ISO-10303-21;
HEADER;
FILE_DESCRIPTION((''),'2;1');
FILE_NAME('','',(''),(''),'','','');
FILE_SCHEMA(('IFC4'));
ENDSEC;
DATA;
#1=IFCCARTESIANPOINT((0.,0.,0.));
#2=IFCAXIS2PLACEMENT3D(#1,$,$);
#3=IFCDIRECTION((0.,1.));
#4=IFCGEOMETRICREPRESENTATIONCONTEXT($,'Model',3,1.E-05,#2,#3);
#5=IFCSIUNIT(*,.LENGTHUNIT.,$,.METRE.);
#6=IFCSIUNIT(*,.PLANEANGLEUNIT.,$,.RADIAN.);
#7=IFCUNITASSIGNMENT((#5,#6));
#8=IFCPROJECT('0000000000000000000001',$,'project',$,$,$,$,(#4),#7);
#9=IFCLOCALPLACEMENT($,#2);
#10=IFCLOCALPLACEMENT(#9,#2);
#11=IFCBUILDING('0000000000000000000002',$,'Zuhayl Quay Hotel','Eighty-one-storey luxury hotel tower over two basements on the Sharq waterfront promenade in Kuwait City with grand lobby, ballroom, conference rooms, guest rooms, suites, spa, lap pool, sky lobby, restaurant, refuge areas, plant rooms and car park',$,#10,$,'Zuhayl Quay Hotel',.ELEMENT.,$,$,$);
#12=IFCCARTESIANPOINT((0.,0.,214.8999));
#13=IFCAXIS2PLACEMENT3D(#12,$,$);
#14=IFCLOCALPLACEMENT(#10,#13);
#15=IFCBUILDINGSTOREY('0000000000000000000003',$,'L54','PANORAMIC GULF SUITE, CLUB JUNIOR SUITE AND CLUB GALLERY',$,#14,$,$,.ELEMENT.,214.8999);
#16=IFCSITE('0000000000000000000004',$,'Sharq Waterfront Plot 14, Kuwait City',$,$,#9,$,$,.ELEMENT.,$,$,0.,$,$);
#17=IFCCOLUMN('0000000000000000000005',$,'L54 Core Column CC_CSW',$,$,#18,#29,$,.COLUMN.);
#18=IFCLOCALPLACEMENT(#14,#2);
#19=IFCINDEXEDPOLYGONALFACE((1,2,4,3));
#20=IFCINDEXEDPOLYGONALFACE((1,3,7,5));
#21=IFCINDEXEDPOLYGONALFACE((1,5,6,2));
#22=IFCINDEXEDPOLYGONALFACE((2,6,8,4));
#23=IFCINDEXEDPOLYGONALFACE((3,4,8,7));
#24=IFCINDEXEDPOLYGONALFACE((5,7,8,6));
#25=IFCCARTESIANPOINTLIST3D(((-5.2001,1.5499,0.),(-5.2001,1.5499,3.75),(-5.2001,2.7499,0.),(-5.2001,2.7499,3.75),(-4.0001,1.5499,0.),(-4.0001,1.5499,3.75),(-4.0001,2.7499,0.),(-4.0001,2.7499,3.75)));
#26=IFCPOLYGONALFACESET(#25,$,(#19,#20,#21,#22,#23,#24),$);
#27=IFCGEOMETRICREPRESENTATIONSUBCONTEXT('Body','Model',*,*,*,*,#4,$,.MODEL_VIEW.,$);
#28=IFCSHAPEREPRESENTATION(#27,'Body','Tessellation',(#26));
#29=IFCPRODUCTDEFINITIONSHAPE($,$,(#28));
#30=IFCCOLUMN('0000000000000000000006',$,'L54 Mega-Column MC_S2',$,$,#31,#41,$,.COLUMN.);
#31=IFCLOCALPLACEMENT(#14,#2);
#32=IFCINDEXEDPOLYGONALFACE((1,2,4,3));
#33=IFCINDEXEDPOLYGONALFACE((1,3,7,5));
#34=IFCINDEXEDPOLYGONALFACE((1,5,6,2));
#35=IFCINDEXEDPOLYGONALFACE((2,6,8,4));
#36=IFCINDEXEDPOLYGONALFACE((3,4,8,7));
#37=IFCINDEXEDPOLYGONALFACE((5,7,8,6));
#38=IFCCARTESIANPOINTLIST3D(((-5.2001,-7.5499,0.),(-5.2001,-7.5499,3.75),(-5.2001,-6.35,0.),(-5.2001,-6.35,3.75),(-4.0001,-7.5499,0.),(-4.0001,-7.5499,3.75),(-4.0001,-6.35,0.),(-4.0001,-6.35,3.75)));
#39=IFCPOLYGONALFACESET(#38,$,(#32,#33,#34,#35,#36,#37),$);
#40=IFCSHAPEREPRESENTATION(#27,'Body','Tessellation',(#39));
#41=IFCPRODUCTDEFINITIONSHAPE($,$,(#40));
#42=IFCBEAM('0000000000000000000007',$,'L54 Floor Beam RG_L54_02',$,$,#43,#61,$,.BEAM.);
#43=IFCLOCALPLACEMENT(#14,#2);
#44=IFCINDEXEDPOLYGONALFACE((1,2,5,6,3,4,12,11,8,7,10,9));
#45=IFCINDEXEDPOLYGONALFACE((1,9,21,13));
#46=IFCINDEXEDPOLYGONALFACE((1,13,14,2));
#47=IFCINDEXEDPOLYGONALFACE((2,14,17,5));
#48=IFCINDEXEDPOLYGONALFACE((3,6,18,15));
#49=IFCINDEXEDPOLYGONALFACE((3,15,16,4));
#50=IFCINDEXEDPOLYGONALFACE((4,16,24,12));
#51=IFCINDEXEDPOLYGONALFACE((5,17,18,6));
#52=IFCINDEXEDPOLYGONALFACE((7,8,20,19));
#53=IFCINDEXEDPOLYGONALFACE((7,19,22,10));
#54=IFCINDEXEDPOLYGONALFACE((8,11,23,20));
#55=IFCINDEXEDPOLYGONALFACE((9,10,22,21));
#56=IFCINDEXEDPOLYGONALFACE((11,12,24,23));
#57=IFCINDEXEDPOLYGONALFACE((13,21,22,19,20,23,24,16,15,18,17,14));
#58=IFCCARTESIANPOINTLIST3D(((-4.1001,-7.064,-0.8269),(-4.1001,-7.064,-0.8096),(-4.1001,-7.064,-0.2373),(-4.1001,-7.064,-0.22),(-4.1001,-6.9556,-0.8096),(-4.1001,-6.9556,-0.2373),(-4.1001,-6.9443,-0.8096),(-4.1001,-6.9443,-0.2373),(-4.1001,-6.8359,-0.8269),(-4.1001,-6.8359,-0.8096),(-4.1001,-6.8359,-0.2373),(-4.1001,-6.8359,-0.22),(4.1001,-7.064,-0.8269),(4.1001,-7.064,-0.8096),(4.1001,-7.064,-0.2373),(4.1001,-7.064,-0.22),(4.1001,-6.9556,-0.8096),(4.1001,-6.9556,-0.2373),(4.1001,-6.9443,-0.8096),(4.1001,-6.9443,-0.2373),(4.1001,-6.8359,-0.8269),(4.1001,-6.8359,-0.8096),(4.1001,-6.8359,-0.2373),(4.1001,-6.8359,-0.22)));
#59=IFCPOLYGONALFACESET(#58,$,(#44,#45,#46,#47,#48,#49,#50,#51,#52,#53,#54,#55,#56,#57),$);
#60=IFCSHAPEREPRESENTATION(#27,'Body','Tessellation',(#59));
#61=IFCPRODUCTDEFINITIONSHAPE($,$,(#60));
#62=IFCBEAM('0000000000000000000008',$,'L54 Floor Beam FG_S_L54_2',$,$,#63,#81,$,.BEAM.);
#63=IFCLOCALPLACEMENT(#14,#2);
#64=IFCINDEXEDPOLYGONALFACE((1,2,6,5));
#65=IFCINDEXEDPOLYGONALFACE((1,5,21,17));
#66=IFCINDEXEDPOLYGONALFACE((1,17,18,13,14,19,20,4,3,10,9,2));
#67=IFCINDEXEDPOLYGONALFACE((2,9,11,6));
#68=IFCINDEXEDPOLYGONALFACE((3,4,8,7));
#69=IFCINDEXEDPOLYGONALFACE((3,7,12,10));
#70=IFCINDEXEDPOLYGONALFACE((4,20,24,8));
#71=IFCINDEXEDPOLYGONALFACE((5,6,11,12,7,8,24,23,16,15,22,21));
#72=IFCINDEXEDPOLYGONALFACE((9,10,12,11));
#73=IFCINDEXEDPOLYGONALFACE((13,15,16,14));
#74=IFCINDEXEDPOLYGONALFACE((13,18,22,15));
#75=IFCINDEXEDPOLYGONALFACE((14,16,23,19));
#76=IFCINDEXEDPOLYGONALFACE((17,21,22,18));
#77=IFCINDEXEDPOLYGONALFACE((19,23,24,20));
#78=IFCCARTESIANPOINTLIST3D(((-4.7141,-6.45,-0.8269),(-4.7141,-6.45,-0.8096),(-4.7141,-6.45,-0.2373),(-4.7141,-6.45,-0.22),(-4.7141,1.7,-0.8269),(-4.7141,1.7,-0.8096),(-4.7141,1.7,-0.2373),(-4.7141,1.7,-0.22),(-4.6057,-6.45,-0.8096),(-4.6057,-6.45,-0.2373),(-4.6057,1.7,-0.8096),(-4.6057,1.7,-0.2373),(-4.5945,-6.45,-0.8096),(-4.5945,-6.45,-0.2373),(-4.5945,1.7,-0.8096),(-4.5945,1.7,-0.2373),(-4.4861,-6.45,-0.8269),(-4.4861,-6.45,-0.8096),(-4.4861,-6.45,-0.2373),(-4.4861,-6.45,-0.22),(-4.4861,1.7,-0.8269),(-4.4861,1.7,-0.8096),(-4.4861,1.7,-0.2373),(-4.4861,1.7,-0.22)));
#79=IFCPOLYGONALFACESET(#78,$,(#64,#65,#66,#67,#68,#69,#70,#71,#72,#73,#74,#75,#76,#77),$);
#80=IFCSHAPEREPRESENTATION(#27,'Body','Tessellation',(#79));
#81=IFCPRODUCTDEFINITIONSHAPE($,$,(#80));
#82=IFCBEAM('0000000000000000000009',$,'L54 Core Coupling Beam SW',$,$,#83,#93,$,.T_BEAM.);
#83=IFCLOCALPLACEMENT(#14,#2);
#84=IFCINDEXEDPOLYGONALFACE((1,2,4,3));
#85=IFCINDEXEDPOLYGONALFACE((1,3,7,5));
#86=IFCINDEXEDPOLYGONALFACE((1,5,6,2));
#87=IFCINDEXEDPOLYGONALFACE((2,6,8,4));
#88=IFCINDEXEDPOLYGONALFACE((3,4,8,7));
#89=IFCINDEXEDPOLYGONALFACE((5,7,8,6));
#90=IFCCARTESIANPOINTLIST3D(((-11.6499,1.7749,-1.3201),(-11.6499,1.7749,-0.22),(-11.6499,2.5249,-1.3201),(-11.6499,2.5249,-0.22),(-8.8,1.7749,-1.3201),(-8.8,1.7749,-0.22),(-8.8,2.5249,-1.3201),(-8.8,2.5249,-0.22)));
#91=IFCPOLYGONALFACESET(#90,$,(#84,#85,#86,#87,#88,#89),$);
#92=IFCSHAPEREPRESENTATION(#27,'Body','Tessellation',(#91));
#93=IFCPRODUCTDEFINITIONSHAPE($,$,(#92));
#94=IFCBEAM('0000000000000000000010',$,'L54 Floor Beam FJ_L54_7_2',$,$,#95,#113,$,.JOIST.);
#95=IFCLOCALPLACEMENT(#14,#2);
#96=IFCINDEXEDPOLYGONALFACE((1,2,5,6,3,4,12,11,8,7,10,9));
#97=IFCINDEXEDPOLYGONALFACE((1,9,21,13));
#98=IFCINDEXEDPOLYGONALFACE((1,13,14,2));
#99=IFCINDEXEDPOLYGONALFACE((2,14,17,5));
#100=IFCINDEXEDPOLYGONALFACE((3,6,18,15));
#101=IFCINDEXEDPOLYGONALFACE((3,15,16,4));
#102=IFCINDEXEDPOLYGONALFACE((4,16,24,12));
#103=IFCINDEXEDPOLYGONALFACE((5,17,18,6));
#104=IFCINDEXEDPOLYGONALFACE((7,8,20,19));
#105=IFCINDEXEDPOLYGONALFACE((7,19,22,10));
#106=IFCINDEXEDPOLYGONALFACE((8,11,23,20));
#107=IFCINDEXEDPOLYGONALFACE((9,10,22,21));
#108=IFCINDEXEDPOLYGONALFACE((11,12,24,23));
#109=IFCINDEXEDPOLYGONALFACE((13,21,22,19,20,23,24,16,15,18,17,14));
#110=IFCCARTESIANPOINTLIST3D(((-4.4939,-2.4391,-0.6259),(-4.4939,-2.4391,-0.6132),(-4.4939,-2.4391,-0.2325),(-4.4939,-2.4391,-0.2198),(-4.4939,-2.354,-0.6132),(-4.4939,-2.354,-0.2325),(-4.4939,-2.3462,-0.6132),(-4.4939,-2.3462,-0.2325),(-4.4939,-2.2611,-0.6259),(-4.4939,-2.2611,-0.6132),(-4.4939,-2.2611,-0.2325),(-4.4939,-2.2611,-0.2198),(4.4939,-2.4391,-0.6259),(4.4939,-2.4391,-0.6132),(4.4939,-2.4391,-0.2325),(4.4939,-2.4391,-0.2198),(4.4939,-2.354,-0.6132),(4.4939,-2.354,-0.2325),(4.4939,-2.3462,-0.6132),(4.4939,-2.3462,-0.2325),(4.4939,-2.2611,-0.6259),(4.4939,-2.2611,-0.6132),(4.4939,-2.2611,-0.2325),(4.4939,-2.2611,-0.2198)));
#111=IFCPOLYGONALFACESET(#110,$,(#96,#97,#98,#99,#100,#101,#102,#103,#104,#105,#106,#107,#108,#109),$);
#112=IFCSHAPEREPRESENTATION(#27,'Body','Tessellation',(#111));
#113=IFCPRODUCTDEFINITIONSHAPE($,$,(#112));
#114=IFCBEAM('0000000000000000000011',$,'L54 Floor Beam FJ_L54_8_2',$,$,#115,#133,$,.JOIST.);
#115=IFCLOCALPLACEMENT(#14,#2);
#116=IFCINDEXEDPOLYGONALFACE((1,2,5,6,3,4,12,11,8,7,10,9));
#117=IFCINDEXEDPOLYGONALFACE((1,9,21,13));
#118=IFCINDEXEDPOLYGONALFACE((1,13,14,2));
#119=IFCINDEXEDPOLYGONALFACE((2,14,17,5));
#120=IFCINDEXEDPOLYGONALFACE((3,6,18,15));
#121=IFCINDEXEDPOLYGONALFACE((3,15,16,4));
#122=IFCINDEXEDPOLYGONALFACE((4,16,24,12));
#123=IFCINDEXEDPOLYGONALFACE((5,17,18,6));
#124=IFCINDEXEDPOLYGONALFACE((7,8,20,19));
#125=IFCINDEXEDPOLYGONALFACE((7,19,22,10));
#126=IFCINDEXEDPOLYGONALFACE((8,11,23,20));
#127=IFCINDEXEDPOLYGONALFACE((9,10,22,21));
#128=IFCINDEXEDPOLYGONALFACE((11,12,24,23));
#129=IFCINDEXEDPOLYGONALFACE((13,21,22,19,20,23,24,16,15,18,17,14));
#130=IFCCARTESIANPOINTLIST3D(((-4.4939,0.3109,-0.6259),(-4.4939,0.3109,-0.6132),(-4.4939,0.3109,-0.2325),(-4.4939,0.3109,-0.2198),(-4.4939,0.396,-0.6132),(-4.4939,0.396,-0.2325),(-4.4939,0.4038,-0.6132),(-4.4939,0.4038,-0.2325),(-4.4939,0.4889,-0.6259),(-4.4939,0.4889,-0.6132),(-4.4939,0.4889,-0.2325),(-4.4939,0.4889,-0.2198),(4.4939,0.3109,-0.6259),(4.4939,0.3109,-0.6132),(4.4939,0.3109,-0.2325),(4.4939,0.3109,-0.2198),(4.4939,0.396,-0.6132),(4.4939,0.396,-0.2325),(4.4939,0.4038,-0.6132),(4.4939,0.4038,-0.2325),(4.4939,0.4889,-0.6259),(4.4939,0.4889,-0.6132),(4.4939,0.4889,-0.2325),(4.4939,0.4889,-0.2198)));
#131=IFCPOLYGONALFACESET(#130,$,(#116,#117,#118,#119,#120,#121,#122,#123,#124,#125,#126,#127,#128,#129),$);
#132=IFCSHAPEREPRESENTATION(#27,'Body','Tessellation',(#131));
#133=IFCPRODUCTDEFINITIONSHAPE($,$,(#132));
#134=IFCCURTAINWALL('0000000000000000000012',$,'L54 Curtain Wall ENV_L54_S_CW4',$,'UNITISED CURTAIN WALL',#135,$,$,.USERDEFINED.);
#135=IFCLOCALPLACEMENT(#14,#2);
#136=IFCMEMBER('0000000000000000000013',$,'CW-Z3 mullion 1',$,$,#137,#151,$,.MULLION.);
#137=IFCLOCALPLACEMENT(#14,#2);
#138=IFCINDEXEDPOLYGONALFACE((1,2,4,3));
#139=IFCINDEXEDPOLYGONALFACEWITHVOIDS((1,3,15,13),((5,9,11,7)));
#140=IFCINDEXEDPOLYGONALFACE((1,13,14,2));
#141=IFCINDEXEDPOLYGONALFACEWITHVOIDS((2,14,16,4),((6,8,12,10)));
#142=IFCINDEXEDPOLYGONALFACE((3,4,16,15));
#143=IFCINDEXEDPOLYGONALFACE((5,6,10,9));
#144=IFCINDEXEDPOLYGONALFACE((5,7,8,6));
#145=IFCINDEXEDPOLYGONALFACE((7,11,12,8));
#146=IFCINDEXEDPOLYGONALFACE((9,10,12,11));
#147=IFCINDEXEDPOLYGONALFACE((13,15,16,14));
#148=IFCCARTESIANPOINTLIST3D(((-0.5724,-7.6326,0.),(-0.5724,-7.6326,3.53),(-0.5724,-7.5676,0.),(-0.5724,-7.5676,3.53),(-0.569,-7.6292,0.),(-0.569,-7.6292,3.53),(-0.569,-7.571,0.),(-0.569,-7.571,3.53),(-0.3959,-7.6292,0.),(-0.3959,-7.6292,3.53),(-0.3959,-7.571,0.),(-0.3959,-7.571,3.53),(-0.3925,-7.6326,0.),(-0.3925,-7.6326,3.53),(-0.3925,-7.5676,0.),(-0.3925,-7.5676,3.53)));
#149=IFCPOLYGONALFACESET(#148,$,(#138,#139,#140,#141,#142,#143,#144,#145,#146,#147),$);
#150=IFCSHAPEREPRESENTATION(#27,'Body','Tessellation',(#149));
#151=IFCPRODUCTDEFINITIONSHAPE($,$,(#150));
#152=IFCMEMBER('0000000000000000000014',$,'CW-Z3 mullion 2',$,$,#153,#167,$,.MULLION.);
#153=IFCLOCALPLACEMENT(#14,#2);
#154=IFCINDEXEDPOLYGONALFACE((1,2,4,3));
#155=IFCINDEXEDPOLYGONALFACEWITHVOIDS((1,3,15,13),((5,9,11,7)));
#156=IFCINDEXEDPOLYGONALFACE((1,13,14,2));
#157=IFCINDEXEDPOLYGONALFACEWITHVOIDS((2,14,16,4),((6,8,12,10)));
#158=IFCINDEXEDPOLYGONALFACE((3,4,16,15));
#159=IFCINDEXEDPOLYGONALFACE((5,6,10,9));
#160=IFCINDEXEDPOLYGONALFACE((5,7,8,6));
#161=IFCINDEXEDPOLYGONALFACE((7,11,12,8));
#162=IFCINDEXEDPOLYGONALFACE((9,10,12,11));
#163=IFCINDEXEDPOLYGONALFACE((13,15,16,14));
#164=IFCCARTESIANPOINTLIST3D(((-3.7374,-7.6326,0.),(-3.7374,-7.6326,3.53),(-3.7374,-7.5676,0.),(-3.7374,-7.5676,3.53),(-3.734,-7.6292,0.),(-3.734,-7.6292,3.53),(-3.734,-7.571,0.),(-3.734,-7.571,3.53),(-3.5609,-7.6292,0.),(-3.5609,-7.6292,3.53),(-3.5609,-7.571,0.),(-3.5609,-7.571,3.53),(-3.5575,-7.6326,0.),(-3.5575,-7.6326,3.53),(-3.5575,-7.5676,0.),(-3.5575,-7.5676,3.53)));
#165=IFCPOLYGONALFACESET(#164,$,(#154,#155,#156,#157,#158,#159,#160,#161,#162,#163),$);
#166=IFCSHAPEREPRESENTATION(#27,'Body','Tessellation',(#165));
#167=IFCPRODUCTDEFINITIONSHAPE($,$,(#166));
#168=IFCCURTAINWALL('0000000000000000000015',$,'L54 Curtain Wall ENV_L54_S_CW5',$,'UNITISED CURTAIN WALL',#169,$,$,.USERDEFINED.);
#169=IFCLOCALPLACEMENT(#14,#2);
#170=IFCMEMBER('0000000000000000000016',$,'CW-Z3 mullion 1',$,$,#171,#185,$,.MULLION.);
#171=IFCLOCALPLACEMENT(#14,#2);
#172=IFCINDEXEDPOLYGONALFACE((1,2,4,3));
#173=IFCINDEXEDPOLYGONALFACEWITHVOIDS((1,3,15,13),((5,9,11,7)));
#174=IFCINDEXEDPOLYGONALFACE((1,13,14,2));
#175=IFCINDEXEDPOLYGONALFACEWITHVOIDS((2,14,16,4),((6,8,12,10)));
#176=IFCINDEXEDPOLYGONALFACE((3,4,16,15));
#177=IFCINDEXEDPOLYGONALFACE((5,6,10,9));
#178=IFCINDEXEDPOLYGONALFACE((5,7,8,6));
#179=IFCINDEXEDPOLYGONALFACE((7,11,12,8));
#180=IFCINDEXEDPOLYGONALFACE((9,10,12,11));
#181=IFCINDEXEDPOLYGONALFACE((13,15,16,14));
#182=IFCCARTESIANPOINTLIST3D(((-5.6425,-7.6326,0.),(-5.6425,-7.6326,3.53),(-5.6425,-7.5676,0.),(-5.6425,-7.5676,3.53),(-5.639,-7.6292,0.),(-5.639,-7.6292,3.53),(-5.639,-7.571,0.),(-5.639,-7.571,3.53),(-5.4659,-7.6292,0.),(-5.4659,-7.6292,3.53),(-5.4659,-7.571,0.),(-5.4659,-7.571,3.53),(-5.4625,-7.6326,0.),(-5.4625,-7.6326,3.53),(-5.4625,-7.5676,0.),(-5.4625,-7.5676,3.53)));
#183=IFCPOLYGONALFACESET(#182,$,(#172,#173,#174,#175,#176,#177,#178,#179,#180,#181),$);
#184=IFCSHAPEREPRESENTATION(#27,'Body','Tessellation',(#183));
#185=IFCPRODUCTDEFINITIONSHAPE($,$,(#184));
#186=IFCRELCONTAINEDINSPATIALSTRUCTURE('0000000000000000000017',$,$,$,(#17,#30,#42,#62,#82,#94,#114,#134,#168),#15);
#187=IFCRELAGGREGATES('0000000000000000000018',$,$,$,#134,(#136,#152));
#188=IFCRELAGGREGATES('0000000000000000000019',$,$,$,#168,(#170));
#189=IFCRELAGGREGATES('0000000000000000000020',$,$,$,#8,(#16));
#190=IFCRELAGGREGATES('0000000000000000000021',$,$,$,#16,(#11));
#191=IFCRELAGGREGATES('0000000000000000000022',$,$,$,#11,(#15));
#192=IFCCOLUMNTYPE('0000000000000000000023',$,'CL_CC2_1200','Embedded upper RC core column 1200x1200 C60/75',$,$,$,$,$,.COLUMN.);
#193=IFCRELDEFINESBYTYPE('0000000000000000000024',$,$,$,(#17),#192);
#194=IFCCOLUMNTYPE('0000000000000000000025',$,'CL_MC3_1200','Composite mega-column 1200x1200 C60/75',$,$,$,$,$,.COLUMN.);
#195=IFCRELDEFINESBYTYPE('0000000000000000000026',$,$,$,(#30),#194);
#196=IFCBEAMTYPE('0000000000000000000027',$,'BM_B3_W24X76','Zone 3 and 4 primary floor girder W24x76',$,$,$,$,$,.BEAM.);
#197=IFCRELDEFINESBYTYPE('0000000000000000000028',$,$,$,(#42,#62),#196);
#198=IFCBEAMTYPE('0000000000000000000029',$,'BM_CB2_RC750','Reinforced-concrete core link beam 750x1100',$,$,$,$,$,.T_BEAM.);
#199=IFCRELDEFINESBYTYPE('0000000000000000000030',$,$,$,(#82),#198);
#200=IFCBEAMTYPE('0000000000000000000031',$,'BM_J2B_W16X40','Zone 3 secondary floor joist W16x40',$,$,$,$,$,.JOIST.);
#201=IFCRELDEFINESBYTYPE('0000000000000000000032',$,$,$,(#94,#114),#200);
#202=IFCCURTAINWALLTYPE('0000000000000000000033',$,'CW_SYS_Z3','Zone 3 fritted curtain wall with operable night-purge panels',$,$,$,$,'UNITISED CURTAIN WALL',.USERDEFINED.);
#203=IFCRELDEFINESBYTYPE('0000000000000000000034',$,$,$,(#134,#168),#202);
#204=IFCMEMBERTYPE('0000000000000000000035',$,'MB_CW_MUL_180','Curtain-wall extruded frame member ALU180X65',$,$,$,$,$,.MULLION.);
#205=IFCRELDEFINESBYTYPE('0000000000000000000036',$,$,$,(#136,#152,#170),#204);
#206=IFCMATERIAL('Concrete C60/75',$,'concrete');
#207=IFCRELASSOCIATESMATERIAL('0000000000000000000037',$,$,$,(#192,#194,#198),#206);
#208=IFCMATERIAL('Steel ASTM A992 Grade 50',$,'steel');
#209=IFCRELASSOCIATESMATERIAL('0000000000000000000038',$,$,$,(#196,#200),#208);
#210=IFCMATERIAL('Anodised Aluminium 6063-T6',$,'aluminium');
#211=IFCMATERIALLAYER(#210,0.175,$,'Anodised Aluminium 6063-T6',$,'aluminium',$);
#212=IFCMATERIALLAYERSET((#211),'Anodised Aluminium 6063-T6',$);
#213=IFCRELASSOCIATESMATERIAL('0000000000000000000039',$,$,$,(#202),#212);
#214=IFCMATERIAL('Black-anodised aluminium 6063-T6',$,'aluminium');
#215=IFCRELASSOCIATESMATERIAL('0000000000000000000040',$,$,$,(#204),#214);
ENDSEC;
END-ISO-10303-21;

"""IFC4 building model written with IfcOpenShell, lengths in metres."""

from ifc_helpers import new_model, si_unit, direction, frame, origin, origin_2d, place, context, subcontext, project, spatial, rectangle, hollow_rectangle, i_section, extrude, material, layer, layer_set, material_profile, profile_set, type_object, element, aggregate, save


model = new_model("IFC4")

# Units and contexts
model_context = context("Model", 3, precision=1e-05, world=origin(), true_north=direction((0.0, 1.0)))
body_context = subcontext(model_context, "Body", "Model", "MODEL_VIEW")
ifc_project = project(units=[si_unit("LENGTHUNIT", "METRE"), si_unit("PLANEANGLEUNIT", "RADIAN")], contexts=[model_context])

# Site, building, storey
site_placement = place(None, origin())
site = spatial("IfcSite", under=ifc_project, at=site_placement, Name="Sharq Waterfront Plot 14, Kuwait City", CompositionType="ELEMENT", RefElevation=0.0)
building_placement = place(site_placement, origin())
building = spatial("IfcBuilding", under=site, at=building_placement, Name="Zuhayl Quay Hotel", Description="Eighty-one-storey luxury hotel tower over two basements on the Sharq waterfront promenade in Kuwait City with grand lobby, ballroom, conference rooms, guest rooms, suites, spa, lap pool, sky lobby, restaurant, refuge areas, plant rooms and car park", LongName="Zuhayl Quay Hotel", CompositionType="ELEMENT")
storey_placement = place(building_placement, frame((0.0, 0.0, 214.8999)))
storey = spatial("IfcBuildingStorey", under=building, at=storey_placement, Name="L54", Description="PANORAMIC GULF SUITE, CLUB JUNIOR SUITE AND CLUB GALLERY", CompositionType="ELEMENT", Elevation=214.8999)

# Columns
ifc_material_1 = material(Name="Concrete C60/75", Category="concrete")
ifc_material_profile_1 = material_profile(ifc_material_1, rectangle(XDim=1.2, YDim=1.2, at=origin_2d()), Name="RC1200X1200")
ifc_profile_set_1 = profile_set([ifc_material_profile_1], Name="Concrete C60/75")
column_type_1 = type_object("IfcColumnType", Name="CL_CC2_1200", Description="Embedded upper RC core column 1200x1200 C60/75", PredefinedType="COLUMN", material=ifc_profile_set_1)
column_1_placement = place(storey_placement, frame((-4.6001, 2.1499, 0.0), z_axis=(0.0, 0.0, 1.0), x_axis=(1.0, 0.0, 0.0)))
element("IfcColumn", 1, at=column_1_placement, inside=storey, type_object=column_type_1, Name="L54 Core Column CC_CSW", PredefinedType="COLUMN", context=body_context, shape_type="SweptSolid", body=[
    extrude(rectangle(XDim=1.2, YDim=1.2, at=origin_2d()), origin(), (0.0, 0.0, 1.0), 3.75),
])
ifc_material_profile_2 = material_profile(ifc_material_1, rectangle(XDim=1.2, YDim=1.2, at=origin_2d()), Name="RC1200X1200")
ifc_profile_set_2 = profile_set([ifc_material_profile_2], Name="Concrete C60/75")
column_type_2 = type_object("IfcColumnType", Name="CL_MC3_1200", Description="Composite mega-column 1200x1200 C60/75", PredefinedType="COLUMN", material=ifc_profile_set_2)
column_2_placement = place(storey_placement, frame((-4.6001, -6.95, 0.0), z_axis=(0.0, 0.0, 1.0), x_axis=(1.0, 0.0, 0.0)))
element("IfcColumn", 2, at=column_2_placement, inside=storey, type_object=column_type_2, Name="L54 Mega-Column MC_S2", PredefinedType="COLUMN", context=body_context, shape_type="SweptSolid", body=[
    extrude(rectangle(XDim=1.2, YDim=1.2, at=origin_2d()), origin(), (0.0, 0.0, 1.0), 3.75),
])

# Beams
ifc_material_2 = material(Name="Steel ASTM A992 Grade 50", Category="steel")
ifc_material_profile_3 = material_profile(ifc_material_2, i_section(OverallWidth=0.228, OverallDepth=0.6069, WebThickness=0.0112, FlangeThickness=0.0173, at=origin_2d()), Name="W24X76")
ifc_profile_set_3 = profile_set([ifc_material_profile_3], Name="Steel ASTM A992 Grade 50")
beam_type_1 = type_object("IfcBeamType", Name="BM_B3_W24X76", Description="Zone 3 and 4 primary floor girder W24x76", PredefinedType="BEAM", material=ifc_profile_set_3)
beam_1_placement = place(storey_placement, frame((-4.1001, -6.95, -0.5234), z_axis=(1.0, 0.0, 0.0), x_axis=(0.0, 1.0, 0.0)))
element("IfcBeam", 3, at=beam_1_placement, inside=storey, type_object=beam_type_1, Name="L54 Floor Beam RG_L54_02", PredefinedType="BEAM", context=body_context, shape_type="SweptSolid", body=[
    extrude(i_section(OverallWidth=0.228, OverallDepth=0.6069, WebThickness=0.0112, FlangeThickness=0.0173, at=origin_2d()), origin(), (0.0, 0.0, 1.0), 8.2002),
])
beam_2_placement = place(storey_placement, frame((-4.6001, -6.45, -0.5234), z_axis=(0.0, 1.0, 0.0), x_axis=(-1.0, 0.0, 0.0)))
element("IfcBeam", 4, at=beam_2_placement, inside=storey, type_object=beam_type_1, Name="L54 Floor Beam FG_S_L54_2", PredefinedType="BEAM", context=body_context, shape_type="SweptSolid", body=[
    extrude(i_section(OverallWidth=0.228, OverallDepth=0.6069, WebThickness=0.0112, FlangeThickness=0.0173, at=origin_2d()), origin(), (0.0, 0.0, 1.0), 8.1499),
])
ifc_material_profile_4 = material_profile(ifc_material_1, rectangle(XDim=0.75, YDim=1.1001, at=origin_2d()), Name="RC750X1100")
ifc_profile_set_4 = profile_set([ifc_material_profile_4], Name="Concrete C60/75")
beam_type_2 = type_object("IfcBeamType", Name="BM_CB2_RC750", Description="Reinforced-concrete core link beam 750x1100", PredefinedType="T_BEAM", material=ifc_profile_set_4)
beam_3_placement = place(storey_placement, frame((-11.6499, 2.1499, -0.77), z_axis=(1.0, 0.0, 0.0), x_axis=(0.0, 1.0, 0.0)))
element("IfcBeam", 5, at=beam_3_placement, inside=storey, type_object=beam_type_2, Name="L54 Core Coupling Beam SW", PredefinedType="T_BEAM", context=body_context, shape_type="SweptSolid", body=[
    extrude(rectangle(XDim=0.75, YDim=1.1001, at=origin_2d()), origin(), (0.0, 0.0, 1.0), 2.8499),
])
ifc_material_profile_5 = material_profile(ifc_material_2, i_section(OverallWidth=0.178, OverallDepth=0.406, WebThickness=0.0078, FlangeThickness=0.0127, at=origin_2d()), Name="W16X40")
ifc_profile_set_5 = profile_set([ifc_material_profile_5], Name="Steel ASTM A992 Grade 50")
beam_type_3 = type_object("IfcBeamType", Name="BM_J2B_W16X40", Description="Zone 3 secondary floor joist W16x40", PredefinedType="JOIST", material=ifc_profile_set_5)
for number, where, z_axis, x_axis, name in (
    (6, (-4.4939, -2.3501, -0.4229), (1.0, 0.0, 0.0), (0.0, 1.0, 0.0), "L54 Floor Beam FJ_L54_7_2"),
    (7, (-4.4939, 0.3999, -0.4229), (1.0, 0.0, 0.0), (0.0, 1.0, 0.0), "L54 Floor Beam FJ_L54_8_2"),
):
    element("IfcBeam", number, at=place(storey_placement, frame(where, z_axis=z_axis, x_axis=x_axis)), inside=storey, type_object=beam_type_3, Name=name, PredefinedType="JOIST", context=body_context, shape_type="SweptSolid", body=[
        extrude(i_section(OverallWidth=0.178, OverallDepth=0.406, WebThickness=0.0078, FlangeThickness=0.0127, at=origin_2d()), origin(), (0.0, 0.0, 1.0), 8.9878),
    ])

# Curtain walls, members
ifc_material_3 = material(Name="Anodised Aluminium 6063-T6", Category="aluminium")
ifc_layer_1 = layer(ifc_material_3, 0.175, Name="Anodised Aluminium 6063-T6", Category="aluminium")
ifc_layer_set_1 = layer_set([ifc_layer_1], Name="Anodised Aluminium 6063-T6")
curtain_wall_type = type_object("IfcCurtainWallType", Name="CW_SYS_Z3", Description="Zone 3 fritted curtain wall with operable night-purge panels", ElementType="UNITISED CURTAIN WALL", PredefinedType="USERDEFINED", material=ifc_layer_set_1)
curtain_wall_1_placement = place(storey_placement, origin())
curtain_wall_1 = element("IfcCurtainWall", 8, at=curtain_wall_1_placement, inside=storey, type_object=curtain_wall_type, Name="L54 Curtain Wall ENV_L54_S_CW4", ObjectType="UNITISED CURTAIN WALL", PredefinedType="USERDEFINED")
ifc_material_4 = material(Name="Black-anodised aluminium 6063-T6", Category="aluminium")
ifc_material_profile_6 = material_profile(ifc_material_4, hollow_rectangle(XDim=0.0649, YDim=0.1799, WallThickness=0.0034, at=origin_2d()), Name="ALU180X65")
ifc_profile_set_6 = profile_set([ifc_material_profile_6], Name="Black-anodised aluminium 6063-T6")
member_type_1 = type_object("IfcMemberType", Name="MB_CW_MUL_180", Description="Curtain-wall extruded frame member ALU180X65", PredefinedType="MULLION", material=ifc_profile_set_6)
member_1_placement = place(storey_placement, frame((-0.4824, -7.6001, 0.0), z_axis=(0.0, 0.0, 1.0), x_axis=(0.0, -1.0, 0.0)))
member_1 = element("IfcMember", 9, at=member_1_placement, type_object=member_type_1, Name="CW-Z3 mullion 1", PredefinedType="MULLION", context=body_context, shape_type="SweptSolid", body=[
    extrude(hollow_rectangle(XDim=0.0649, YDim=0.1799, WallThickness=0.0034, at=origin_2d()), origin(), (0.0, 0.0, 1.0), 3.53),
])
member_2_placement = place(storey_placement, frame((-3.6475, -7.6001, 0.0), z_axis=(0.0, 0.0, 1.0), x_axis=(0.0, -1.0, 0.0)))
member_2 = element("IfcMember", 10, at=member_2_placement, type_object=member_type_1, Name="CW-Z3 mullion 2", PredefinedType="MULLION", context=body_context, shape_type="SweptSolid", body=[
    extrude(hollow_rectangle(XDim=0.0649, YDim=0.1799, WallThickness=0.0034, at=origin_2d()), origin(), (0.0, 0.0, 1.0), 3.53),
])
curtain_wall_2_placement = place(storey_placement, origin())
curtain_wall_2 = element("IfcCurtainWall", 11, at=curtain_wall_2_placement, inside=storey, type_object=curtain_wall_type, Name="L54 Curtain Wall ENV_L54_S_CW5", ObjectType="UNITISED CURTAIN WALL", PredefinedType="USERDEFINED")
member_3_placement = place(storey_placement, frame((-5.5525, -7.6001, 0.0), z_axis=(0.0, 0.0, 1.0), x_axis=(0.0, -1.0, 0.0)))
member_3 = element("IfcMember", 12, at=member_3_placement, type_object=member_type_1, Name="CW-Z3 mullion 1", PredefinedType="MULLION", context=body_context, shape_type="SweptSolid", body=[
    extrude(hollow_rectangle(XDim=0.0649, YDim=0.1799, WallThickness=0.0034, at=origin_2d()), origin(), (0.0, 0.0, 1.0), 3.53),
])

aggregate(curtain_wall_1, [member_1, member_2])
aggregate(curtain_wall_2, [member_3])

save(model, "model.ifc")
